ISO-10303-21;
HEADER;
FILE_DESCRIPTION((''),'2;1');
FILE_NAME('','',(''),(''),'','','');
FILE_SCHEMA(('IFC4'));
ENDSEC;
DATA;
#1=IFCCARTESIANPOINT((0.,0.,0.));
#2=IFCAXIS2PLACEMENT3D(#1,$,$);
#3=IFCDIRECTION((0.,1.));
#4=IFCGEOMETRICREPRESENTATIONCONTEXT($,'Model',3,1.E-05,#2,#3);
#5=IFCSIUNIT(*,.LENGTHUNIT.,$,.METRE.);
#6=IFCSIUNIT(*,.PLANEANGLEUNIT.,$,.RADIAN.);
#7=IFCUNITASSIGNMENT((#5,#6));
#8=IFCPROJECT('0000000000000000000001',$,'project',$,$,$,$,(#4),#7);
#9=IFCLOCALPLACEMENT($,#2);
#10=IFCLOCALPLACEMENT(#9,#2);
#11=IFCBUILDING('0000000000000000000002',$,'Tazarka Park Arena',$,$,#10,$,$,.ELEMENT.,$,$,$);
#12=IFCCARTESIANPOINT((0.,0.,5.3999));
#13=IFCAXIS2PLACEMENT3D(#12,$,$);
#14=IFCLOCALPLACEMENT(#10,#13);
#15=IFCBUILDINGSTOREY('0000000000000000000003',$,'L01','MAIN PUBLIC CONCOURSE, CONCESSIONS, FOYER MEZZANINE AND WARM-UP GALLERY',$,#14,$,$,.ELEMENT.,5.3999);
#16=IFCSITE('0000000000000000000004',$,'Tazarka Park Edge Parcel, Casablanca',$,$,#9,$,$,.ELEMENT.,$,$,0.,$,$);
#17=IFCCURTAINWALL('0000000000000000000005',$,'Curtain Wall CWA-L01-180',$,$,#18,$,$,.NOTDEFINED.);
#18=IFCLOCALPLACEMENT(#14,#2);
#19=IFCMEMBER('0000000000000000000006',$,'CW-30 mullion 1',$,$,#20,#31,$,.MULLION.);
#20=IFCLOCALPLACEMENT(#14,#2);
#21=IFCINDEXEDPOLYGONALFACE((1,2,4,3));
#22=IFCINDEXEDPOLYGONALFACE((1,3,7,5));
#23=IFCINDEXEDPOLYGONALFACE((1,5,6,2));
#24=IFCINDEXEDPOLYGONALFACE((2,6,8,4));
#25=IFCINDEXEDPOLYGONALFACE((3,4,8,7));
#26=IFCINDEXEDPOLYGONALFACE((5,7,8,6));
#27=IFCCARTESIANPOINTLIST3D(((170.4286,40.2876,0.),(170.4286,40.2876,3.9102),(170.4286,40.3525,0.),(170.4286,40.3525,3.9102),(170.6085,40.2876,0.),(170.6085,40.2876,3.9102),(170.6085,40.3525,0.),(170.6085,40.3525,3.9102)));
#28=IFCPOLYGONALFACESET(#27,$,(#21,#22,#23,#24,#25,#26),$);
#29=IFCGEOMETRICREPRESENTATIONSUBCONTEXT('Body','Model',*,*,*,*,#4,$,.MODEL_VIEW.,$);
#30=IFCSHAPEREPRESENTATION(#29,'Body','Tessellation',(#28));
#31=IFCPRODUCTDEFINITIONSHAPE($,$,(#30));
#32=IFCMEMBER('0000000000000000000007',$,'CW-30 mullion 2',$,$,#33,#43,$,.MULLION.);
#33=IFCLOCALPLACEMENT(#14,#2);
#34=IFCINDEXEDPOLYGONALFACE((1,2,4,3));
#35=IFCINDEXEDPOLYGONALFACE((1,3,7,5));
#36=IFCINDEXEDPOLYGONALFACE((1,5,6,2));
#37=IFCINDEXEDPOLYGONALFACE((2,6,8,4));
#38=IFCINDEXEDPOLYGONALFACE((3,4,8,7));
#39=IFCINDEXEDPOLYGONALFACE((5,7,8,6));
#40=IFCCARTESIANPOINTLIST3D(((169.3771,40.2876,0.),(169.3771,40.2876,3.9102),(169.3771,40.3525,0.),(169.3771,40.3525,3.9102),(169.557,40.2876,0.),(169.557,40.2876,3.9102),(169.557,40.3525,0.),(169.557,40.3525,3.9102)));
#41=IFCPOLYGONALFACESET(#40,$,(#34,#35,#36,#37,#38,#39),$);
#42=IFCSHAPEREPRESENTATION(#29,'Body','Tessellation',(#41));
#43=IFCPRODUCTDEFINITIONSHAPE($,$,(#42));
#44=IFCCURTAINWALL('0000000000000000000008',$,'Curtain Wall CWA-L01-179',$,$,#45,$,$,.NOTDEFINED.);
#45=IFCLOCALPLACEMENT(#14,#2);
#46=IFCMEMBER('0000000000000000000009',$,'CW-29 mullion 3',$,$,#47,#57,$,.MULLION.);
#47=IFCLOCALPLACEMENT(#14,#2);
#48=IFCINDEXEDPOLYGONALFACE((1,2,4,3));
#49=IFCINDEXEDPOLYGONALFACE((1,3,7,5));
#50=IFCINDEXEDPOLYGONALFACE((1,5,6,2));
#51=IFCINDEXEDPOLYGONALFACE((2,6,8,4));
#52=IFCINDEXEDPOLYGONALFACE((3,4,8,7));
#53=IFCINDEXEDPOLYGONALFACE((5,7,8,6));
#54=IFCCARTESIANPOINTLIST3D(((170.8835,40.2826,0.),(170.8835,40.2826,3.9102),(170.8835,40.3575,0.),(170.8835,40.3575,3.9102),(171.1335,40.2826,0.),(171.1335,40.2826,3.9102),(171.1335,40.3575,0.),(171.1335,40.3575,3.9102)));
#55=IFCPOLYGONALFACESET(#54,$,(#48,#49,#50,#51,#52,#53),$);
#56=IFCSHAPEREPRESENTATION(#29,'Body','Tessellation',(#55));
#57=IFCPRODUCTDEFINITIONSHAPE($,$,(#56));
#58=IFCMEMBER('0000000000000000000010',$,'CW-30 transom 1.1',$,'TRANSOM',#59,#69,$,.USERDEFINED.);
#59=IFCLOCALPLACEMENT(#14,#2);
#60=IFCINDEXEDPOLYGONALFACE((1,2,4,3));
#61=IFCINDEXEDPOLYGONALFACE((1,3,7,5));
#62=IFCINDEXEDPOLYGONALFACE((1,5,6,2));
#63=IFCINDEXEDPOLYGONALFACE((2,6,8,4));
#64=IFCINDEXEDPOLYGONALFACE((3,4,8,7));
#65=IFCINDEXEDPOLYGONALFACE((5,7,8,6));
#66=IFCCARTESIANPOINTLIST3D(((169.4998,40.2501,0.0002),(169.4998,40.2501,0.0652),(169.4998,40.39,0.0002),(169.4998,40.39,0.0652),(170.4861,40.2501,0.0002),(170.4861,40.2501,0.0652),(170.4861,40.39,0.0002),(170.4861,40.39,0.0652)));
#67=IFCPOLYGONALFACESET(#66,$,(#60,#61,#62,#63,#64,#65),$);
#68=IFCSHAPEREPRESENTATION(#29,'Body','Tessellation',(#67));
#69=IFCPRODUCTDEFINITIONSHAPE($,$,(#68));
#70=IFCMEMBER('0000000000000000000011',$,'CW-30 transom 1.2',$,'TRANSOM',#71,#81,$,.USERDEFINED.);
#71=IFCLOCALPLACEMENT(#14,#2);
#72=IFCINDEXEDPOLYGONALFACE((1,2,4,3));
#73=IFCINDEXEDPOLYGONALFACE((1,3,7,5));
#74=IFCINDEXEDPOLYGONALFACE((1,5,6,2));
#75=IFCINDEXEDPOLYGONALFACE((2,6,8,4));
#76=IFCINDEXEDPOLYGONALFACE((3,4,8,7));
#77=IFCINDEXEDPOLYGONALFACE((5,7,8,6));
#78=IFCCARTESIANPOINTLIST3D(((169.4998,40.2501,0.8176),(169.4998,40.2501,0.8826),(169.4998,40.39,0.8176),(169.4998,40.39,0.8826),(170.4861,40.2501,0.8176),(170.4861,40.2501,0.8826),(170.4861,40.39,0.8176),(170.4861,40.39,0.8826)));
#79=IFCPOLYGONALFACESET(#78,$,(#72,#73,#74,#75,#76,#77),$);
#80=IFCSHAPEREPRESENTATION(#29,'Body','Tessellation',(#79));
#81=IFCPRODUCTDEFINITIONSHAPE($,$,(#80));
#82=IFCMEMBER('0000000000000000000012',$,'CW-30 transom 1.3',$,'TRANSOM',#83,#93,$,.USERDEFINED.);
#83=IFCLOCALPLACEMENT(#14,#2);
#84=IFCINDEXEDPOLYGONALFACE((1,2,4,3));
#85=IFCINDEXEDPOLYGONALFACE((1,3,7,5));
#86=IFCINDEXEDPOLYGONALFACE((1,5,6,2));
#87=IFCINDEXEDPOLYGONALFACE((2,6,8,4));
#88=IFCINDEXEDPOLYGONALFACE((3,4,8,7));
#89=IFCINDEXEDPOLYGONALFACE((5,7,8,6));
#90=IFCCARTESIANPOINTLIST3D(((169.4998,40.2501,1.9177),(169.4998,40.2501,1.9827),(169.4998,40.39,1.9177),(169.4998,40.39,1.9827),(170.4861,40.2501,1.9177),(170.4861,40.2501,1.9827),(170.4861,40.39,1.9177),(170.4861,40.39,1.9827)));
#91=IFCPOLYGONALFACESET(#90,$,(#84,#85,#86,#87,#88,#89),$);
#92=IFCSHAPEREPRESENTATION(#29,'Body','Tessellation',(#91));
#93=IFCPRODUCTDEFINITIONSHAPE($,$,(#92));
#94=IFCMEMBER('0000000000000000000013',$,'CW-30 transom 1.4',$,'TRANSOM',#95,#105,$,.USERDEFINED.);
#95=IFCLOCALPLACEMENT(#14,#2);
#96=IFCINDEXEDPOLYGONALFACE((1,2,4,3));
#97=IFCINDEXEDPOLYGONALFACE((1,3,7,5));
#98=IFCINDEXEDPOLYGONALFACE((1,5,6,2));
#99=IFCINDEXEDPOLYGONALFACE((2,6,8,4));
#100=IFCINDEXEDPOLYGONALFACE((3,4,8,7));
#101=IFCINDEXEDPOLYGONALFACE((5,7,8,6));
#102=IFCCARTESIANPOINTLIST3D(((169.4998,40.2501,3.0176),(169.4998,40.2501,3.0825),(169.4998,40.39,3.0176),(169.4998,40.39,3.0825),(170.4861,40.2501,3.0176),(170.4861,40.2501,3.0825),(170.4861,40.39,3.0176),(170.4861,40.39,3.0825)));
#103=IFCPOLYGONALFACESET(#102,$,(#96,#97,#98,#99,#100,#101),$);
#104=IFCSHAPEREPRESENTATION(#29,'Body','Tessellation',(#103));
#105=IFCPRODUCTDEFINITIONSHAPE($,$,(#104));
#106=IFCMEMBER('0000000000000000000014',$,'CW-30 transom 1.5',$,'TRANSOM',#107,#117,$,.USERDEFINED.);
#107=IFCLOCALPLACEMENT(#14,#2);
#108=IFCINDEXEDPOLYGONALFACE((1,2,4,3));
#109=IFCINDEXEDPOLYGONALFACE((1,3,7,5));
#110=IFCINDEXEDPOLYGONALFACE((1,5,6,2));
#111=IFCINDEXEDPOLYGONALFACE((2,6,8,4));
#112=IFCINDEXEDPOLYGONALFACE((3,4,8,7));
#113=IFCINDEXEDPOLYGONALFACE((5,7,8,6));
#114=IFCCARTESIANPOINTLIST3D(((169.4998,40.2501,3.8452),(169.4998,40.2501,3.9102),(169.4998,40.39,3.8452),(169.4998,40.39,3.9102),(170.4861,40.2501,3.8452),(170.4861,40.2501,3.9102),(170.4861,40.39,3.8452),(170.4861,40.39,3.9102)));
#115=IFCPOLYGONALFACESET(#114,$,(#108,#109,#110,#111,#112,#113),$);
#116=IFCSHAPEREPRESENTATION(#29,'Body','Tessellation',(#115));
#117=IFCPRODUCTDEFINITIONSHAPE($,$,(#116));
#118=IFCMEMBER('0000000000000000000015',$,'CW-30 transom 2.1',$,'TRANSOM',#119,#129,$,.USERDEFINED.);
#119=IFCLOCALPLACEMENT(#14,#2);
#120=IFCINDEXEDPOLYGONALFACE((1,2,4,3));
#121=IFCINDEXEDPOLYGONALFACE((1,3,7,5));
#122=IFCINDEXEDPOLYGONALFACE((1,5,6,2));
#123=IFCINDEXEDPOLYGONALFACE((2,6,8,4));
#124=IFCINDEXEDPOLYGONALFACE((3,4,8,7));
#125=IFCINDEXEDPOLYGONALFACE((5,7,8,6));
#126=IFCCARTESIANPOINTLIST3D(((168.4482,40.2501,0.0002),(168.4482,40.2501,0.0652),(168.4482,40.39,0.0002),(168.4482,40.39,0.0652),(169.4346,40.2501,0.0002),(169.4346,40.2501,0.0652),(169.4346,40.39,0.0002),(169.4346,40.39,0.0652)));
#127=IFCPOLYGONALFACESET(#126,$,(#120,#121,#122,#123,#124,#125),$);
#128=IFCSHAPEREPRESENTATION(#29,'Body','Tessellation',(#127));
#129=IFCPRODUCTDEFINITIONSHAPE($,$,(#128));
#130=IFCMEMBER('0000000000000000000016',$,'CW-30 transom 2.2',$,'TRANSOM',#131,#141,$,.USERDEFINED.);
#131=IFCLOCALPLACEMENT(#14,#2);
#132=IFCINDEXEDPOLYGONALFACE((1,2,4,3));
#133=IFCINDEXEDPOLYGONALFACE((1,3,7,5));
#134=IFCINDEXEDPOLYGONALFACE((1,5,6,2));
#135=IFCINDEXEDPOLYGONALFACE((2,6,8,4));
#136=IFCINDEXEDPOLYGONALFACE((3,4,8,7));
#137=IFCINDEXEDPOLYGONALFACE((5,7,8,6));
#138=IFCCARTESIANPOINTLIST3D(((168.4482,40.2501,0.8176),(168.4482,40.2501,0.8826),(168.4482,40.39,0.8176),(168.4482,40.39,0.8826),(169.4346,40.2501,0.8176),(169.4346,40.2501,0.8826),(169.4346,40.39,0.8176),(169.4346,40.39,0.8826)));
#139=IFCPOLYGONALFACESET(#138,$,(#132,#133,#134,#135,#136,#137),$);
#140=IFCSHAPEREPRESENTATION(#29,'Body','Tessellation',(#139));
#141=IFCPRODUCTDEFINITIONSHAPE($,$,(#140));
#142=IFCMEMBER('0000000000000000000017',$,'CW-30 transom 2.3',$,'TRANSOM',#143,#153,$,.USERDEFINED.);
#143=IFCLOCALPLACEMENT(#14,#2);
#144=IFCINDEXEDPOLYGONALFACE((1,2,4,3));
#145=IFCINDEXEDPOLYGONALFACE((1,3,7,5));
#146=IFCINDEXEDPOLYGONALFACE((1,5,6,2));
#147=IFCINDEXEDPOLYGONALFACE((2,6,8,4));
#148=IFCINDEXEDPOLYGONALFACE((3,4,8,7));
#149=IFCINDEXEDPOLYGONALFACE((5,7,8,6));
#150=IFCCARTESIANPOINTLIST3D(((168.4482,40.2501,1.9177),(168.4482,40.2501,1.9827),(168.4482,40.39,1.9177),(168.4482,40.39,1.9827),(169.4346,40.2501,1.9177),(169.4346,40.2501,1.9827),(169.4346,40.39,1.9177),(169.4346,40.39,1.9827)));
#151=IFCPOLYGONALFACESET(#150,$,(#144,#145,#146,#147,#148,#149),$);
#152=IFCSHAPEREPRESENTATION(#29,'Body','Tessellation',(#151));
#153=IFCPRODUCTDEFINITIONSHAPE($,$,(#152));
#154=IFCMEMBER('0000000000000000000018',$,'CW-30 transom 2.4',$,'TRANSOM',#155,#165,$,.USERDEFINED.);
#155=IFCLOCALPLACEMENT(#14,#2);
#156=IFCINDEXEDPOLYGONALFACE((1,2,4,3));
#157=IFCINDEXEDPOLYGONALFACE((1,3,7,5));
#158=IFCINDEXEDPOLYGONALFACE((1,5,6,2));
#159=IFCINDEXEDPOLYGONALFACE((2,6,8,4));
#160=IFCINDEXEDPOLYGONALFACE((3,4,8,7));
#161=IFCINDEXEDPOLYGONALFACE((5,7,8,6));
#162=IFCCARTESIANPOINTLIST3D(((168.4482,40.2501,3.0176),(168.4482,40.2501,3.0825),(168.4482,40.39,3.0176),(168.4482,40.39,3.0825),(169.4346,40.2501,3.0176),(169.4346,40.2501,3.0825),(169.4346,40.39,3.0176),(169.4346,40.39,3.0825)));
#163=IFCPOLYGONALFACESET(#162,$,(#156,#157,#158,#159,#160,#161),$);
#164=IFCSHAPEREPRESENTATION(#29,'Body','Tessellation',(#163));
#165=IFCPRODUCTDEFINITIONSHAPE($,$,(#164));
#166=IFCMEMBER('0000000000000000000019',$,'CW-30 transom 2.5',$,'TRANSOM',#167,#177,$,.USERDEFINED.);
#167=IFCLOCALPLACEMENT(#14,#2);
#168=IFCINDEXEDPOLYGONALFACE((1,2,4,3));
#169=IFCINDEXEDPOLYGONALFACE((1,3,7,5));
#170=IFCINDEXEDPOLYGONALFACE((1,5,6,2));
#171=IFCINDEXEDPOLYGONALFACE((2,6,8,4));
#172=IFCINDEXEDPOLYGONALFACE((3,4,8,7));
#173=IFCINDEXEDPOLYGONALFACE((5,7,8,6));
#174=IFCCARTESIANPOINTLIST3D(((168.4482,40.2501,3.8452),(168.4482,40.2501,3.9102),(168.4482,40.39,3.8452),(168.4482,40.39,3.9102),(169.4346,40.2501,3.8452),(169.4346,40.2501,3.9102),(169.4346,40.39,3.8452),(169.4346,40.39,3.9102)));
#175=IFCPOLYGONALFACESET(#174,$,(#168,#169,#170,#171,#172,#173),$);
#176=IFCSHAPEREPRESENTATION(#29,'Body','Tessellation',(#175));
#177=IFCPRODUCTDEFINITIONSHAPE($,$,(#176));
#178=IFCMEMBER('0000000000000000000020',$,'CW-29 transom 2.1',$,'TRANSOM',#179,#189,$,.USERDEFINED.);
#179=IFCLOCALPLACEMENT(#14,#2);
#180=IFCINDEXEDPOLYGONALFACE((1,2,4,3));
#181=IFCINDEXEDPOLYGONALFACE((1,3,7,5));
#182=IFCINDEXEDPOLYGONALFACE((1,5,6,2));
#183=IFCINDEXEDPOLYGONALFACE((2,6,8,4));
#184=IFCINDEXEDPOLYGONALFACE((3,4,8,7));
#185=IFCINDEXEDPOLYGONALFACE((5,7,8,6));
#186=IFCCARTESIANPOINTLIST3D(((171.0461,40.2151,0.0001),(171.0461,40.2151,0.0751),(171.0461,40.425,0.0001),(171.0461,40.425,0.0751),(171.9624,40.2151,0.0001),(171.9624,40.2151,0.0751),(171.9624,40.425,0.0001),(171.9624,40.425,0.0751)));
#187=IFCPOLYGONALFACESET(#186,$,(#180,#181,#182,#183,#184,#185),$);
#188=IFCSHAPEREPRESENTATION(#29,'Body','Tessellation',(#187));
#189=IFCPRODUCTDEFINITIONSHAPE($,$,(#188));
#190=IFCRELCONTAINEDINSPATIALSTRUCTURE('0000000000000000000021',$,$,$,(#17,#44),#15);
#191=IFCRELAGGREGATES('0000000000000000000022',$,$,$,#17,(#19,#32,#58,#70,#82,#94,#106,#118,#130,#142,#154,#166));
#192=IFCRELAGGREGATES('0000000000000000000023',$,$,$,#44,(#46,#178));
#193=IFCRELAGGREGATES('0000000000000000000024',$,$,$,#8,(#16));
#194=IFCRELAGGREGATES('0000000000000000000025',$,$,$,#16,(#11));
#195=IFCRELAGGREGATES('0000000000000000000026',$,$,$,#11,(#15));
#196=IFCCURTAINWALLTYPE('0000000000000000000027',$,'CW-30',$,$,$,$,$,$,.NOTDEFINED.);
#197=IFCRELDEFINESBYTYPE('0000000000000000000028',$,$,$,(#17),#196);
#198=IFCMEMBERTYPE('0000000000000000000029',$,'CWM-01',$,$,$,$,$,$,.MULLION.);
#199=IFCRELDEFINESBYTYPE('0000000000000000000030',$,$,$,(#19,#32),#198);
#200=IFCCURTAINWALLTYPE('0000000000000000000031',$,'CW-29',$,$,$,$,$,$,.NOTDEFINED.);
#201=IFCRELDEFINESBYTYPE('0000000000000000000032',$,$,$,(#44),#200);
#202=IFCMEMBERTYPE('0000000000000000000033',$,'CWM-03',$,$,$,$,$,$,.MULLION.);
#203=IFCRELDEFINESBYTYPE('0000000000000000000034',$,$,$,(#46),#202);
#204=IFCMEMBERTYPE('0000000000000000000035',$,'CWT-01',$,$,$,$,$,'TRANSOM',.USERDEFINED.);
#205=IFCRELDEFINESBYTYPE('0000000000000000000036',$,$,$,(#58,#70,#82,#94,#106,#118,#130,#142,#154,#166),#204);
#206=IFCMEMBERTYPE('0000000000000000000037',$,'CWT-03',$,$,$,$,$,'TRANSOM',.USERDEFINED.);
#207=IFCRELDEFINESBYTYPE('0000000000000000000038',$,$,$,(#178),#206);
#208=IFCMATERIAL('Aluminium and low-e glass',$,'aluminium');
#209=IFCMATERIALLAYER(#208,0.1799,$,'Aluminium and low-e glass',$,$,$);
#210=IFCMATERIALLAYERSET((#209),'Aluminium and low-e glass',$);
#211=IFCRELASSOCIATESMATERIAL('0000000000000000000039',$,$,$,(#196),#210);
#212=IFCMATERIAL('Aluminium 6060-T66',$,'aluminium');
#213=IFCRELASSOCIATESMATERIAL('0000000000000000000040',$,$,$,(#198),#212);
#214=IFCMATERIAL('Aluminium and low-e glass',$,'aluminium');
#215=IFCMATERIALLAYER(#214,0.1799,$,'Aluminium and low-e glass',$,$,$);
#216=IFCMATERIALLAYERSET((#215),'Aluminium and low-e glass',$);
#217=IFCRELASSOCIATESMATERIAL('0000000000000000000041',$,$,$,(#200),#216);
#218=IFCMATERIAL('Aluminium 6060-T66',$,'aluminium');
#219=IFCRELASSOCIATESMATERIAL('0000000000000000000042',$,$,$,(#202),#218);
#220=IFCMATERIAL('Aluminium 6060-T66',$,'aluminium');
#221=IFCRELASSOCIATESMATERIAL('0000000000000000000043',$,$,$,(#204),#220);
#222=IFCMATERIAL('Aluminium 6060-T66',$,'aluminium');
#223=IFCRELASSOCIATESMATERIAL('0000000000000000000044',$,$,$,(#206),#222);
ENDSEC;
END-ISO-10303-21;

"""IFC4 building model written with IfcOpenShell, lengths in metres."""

from ifc_helpers import new_model, si_unit, direction, frame, origin, origin_2d, place, context, subcontext, project, spatial, rectangle, extrude, material, layer, layer_set, material_profile, profile_set, type_object, element, aggregate, save


model = new_model("IFC4")

# Units and contexts
model_context = context("Model", 3, precision=1e-05, world=origin(), true_north=direction((0.0, 1.0)))
body_context = subcontext(model_context, "Body", "Model", "MODEL_VIEW")
ifc_project = project(units=[si_unit("LENGTHUNIT", "METRE"), si_unit("PLANEANGLEUNIT", "RADIAN")], contexts=[model_context])

# Site, building, storey
site_placement = place(None, origin())
site = spatial("IfcSite", under=ifc_project, at=site_placement, Name="Tazarka Park Edge Parcel, Casablanca", CompositionType="ELEMENT", RefElevation=0.0)
building_placement = place(site_placement, origin())
building = spatial("IfcBuilding", under=site, at=building_placement, Name="Tazarka Park Arena", CompositionType="ELEMENT")
storey_placement = place(building_placement, frame((0.0, 0.0, 5.3999)))
storey = spatial("IfcBuildingStorey", under=building, at=storey_placement, Name="L01", Description="MAIN PUBLIC CONCOURSE, CONCESSIONS, FOYER MEZZANINE AND WARM-UP GALLERY", CompositionType="ELEMENT", Elevation=5.3999)

# Curtain wall, members
ifc_material_1 = material(Name="Aluminium and low-e glass", Category="aluminium")
ifc_layer_1 = layer(ifc_material_1, 0.1799, Name="Aluminium and low-e glass")
ifc_layer_set_1 = layer_set([ifc_layer_1], Name="Aluminium and low-e glass")
curtain_wall_type_1 = type_object("IfcCurtainWallType", Name="CW-30", PredefinedType="NOTDEFINED", material=ifc_layer_set_1)
curtain_wall_1_placement = place(storey_placement, origin())
curtain_wall_1 = element("IfcCurtainWall", 1, at=curtain_wall_1_placement, inside=storey, type_object=curtain_wall_type_1, Name="Curtain Wall CWA-L01-180", PredefinedType="NOTDEFINED")
ifc_material_2 = material(Name="Aluminium 6060-T66", Category="aluminium")
ifc_material_profile_1 = material_profile(ifc_material_2, rectangle(XDim=0.0649, YDim=0.1799, at=origin_2d()), Name="Aluminium 6060-T66")
ifc_profile_set_1 = profile_set([ifc_material_profile_1], Name="Aluminium 6060-T66")
member_type_1 = type_object("IfcMemberType", Name="CWM-01", PredefinedType="MULLION", material=ifc_profile_set_1)
member_1_placement = place(storey_placement, frame((170.5186, 40.3201, 0.0), z_axis=(0.0, 0.0, 1.0), x_axis=(0.0, -1.0, 0.0)))
member_1 = element("IfcMember", 2, at=member_1_placement, type_object=member_type_1, Name="CW-30 mullion 1", PredefinedType="MULLION", context=body_context, shape_type="SweptSolid", body=[
    extrude(rectangle(XDim=0.0649, YDim=0.1799, at=origin_2d()), origin(), (0.0, 0.0, 1.0), 3.9102),
])
member_2_placement = place(storey_placement, frame((169.467, 40.3201, 0.0), z_axis=(0.0, 0.0, 1.0), x_axis=(0.0, -1.0, 0.0)))
member_2 = element("IfcMember", 3, at=member_2_placement, type_object=member_type_1, Name="CW-30 mullion 2", PredefinedType="MULLION", context=body_context, shape_type="SweptSolid", body=[
    extrude(rectangle(XDim=0.0649, YDim=0.1799, at=origin_2d()), origin(), (0.0, 0.0, 1.0), 3.9102),
])

# Curtain wall, member
ifc_material_3 = material(Name="Aluminium and low-e glass", Category="aluminium")
ifc_layer_2 = layer(ifc_material_3, 0.1799, Name="Aluminium and low-e glass")
ifc_layer_set_2 = layer_set([ifc_layer_2], Name="Aluminium and low-e glass")
curtain_wall_type_2 = type_object("IfcCurtainWallType", Name="CW-29", PredefinedType="NOTDEFINED", material=ifc_layer_set_2)
curtain_wall_2_placement = place(storey_placement, origin())
curtain_wall_2 = element("IfcCurtainWall", 4, at=curtain_wall_2_placement, inside=storey, type_object=curtain_wall_type_2, Name="Curtain Wall CWA-L01-179", PredefinedType="NOTDEFINED")
ifc_material_4 = material(Name="Aluminium 6060-T66", Category="aluminium")
ifc_material_profile_2 = material_profile(ifc_material_4, rectangle(XDim=0.075, YDim=0.25, at=origin_2d()), Name="Aluminium 6060-T66")
ifc_profile_set_2 = profile_set([ifc_material_profile_2], Name="Aluminium 6060-T66")
member_type_2 = type_object("IfcMemberType", Name="CWM-03", PredefinedType="MULLION", material=ifc_profile_set_2)
member_3_placement = place(storey_placement, frame((171.0085, 40.3201, 0.0), z_axis=(0.0, 0.0, 1.0), x_axis=(0.0, -1.0, 0.0)))
member_3 = element("IfcMember", 5, at=member_3_placement, type_object=member_type_2, Name="CW-29 mullion 3", PredefinedType="MULLION", context=body_context, shape_type="SweptSolid", body=[
    extrude(rectangle(XDim=0.075, YDim=0.25, at=origin_2d()), origin(), (0.0, 0.0, 1.0), 3.9102),
])

# Members
ifc_material_5 = material(Name="Aluminium 6060-T66", Category="aluminium")
ifc_material_profile_3 = material_profile(ifc_material_5, rectangle(XDim=0.1399, YDim=0.0649, at=origin_2d()), Name="Aluminium 6060-T66")
ifc_profile_set_3 = profile_set([ifc_material_profile_3], Name="Aluminium 6060-T66")
member_type_3 = type_object("IfcMemberType", Name="CWT-01", ElementType="TRANSOM", PredefinedType="USERDEFINED", material=ifc_profile_set_3)
member_4_placement = place(storey_placement, frame((170.4861, 40.3201, 0.0327), z_axis=(-1.0, 0.0, 0.0), x_axis=(0.0, -1.0, 0.0)))
member_4 = element("IfcMember", 6, at=member_4_placement, type_object=member_type_3, Name="CW-30 transom 1.1", ObjectType="TRANSOM", PredefinedType="USERDEFINED", context=body_context, shape_type="SweptSolid", body=[
    extrude(rectangle(XDim=0.1399, YDim=0.0649, at=origin_2d()), origin(), (0.0, 0.0, 1.0), 0.9863),
])
member_5_placement = place(storey_placement, frame((170.4861, 40.3201, 0.8501), z_axis=(-1.0, 0.0, 0.0), x_axis=(0.0, -1.0, 0.0)))
member_5 = element("IfcMember", 7, at=member_5_placement, type_object=member_type_3, Name="CW-30 transom 1.2", ObjectType="TRANSOM", PredefinedType="USERDEFINED", context=body_context, shape_type="SweptSolid", body=[
    extrude(rectangle(XDim=0.1399, YDim=0.0649, at=origin_2d()), origin(), (0.0, 0.0, 1.0), 0.9863),
])
member_6_placement = place(storey_placement, frame((170.4861, 40.3201, 1.9502), z_axis=(-1.0, 0.0, 0.0), x_axis=(0.0, -1.0, 0.0)))
member_6 = element("IfcMember", 8, at=member_6_placement, type_object=member_type_3, Name="CW-30 transom 1.3", ObjectType="TRANSOM", PredefinedType="USERDEFINED", context=body_context, shape_type="SweptSolid", body=[
    extrude(rectangle(XDim=0.1399, YDim=0.0649, at=origin_2d()), origin(), (0.0, 0.0, 1.0), 0.9863),
])
member_7_placement = place(storey_placement, frame((170.4861, 40.3201, 3.05), z_axis=(-1.0, 0.0, 0.0), x_axis=(0.0, -1.0, 0.0)))
member_7 = element("IfcMember", 9, at=member_7_placement, type_object=member_type_3, Name="CW-30 transom 1.4", ObjectType="TRANSOM", PredefinedType="USERDEFINED", context=body_context, shape_type="SweptSolid", body=[
    extrude(rectangle(XDim=0.1399, YDim=0.0649, at=origin_2d()), origin(), (0.0, 0.0, 1.0), 0.9863),
])
member_8_placement = place(storey_placement, frame((170.4861, 40.3201, 3.8777), z_axis=(-1.0, 0.0, 0.0), x_axis=(0.0, -1.0, 0.0)))
member_8 = element("IfcMember", 10, at=member_8_placement, type_object=member_type_3, Name="CW-30 transom 1.5", ObjectType="TRANSOM", PredefinedType="USERDEFINED", context=body_context, shape_type="SweptSolid", body=[
    extrude(rectangle(XDim=0.1399, YDim=0.0649, at=origin_2d()), origin(), (0.0, 0.0, 1.0), 0.9863),
])
member_9_placement = place(storey_placement, frame((169.4346, 40.3201, 0.0327), z_axis=(-1.0, 0.0, 0.0), x_axis=(0.0, -1.0, 0.0)))
member_9 = element("IfcMember", 11, at=member_9_placement, type_object=member_type_3, Name="CW-30 transom 2.1", ObjectType="TRANSOM", PredefinedType="USERDEFINED", context=body_context, shape_type="SweptSolid", body=[
    extrude(rectangle(XDim=0.1399, YDim=0.0649, at=origin_2d()), origin(), (0.0, 0.0, 1.0), 0.9863),
])
member_10_placement = place(storey_placement, frame((169.4346, 40.3201, 0.8501), z_axis=(-1.0, 0.0, 0.0), x_axis=(0.0, -1.0, 0.0)))
member_10 = element("IfcMember", 12, at=member_10_placement, type_object=member_type_3, Name="CW-30 transom 2.2", ObjectType="TRANSOM", PredefinedType="USERDEFINED", context=body_context, shape_type="SweptSolid", body=[
    extrude(rectangle(XDim=0.1399, YDim=0.0649, at=origin_2d()), origin(), (0.0, 0.0, 1.0), 0.9863),
])
member_11_placement = place(storey_placement, frame((169.4346, 40.3201, 1.9502), z_axis=(-1.0, 0.0, 0.0), x_axis=(0.0, -1.0, 0.0)))
member_11 = element("IfcMember", 13, at=member_11_placement, type_object=member_type_3, Name="CW-30 transom 2.3", ObjectType="TRANSOM", PredefinedType="USERDEFINED", context=body_context, shape_type="SweptSolid", body=[
    extrude(rectangle(XDim=0.1399, YDim=0.0649, at=origin_2d()), origin(), (0.0, 0.0, 1.0), 0.9863),
])
member_12_placement = place(storey_placement, frame((169.4346, 40.3201, 3.05), z_axis=(-1.0, 0.0, 0.0), x_axis=(0.0, -1.0, 0.0)))
member_12 = element("IfcMember", 14, at=member_12_placement, type_object=member_type_3, Name="CW-30 transom 2.4", ObjectType="TRANSOM", PredefinedType="USERDEFINED", context=body_context, shape_type="SweptSolid", body=[
    extrude(rectangle(XDim=0.1399, YDim=0.0649, at=origin_2d()), origin(), (0.0, 0.0, 1.0), 0.9863),
])
member_13_placement = place(storey_placement, frame((169.4346, 40.3201, 3.8777), z_axis=(-1.0, 0.0, 0.0), x_axis=(0.0, -1.0, 0.0)))
member_13 = element("IfcMember", 15, at=member_13_placement, type_object=member_type_3, Name="CW-30 transom 2.5", ObjectType="TRANSOM", PredefinedType="USERDEFINED", context=body_context, shape_type="SweptSolid", body=[
    extrude(rectangle(XDim=0.1399, YDim=0.0649, at=origin_2d()), origin(), (0.0, 0.0, 1.0), 0.9863),
])
ifc_material_6 = material(Name="Aluminium 6060-T66", Category="aluminium")
ifc_material_profile_4 = material_profile(ifc_material_6, rectangle(XDim=0.21, YDim=0.075, at=origin_2d()), Name="Aluminium 6060-T66")
ifc_profile_set_4 = profile_set([ifc_material_profile_4], Name="Aluminium 6060-T66")
member_type_4 = type_object("IfcMemberType", Name="CWT-03", ElementType="TRANSOM", PredefinedType="USERDEFINED", material=ifc_profile_set_4)
member_14_placement = place(storey_placement, frame((171.9624, 40.3201, 0.0376), z_axis=(-1.0, 0.0, 0.0), x_axis=(0.0, -1.0, 0.0)))
member_14 = element("IfcMember", 16, at=member_14_placement, type_object=member_type_4, Name="CW-29 transom 2.1", ObjectType="TRANSOM", PredefinedType="USERDEFINED", context=body_context, shape_type="SweptSolid", body=[
    extrude(rectangle(XDim=0.21, YDim=0.075, at=origin_2d()), origin(), (0.0, 0.0, 1.0), 0.9163),
])

aggregate(curtain_wall_1, [member_1, member_2, member_4, member_5, member_6, member_7, member_8, member_9, member_10, member_11, member_12, member_13])
aggregate(curtain_wall_2, [member_3, member_14])

save(model, "model.ifc")
